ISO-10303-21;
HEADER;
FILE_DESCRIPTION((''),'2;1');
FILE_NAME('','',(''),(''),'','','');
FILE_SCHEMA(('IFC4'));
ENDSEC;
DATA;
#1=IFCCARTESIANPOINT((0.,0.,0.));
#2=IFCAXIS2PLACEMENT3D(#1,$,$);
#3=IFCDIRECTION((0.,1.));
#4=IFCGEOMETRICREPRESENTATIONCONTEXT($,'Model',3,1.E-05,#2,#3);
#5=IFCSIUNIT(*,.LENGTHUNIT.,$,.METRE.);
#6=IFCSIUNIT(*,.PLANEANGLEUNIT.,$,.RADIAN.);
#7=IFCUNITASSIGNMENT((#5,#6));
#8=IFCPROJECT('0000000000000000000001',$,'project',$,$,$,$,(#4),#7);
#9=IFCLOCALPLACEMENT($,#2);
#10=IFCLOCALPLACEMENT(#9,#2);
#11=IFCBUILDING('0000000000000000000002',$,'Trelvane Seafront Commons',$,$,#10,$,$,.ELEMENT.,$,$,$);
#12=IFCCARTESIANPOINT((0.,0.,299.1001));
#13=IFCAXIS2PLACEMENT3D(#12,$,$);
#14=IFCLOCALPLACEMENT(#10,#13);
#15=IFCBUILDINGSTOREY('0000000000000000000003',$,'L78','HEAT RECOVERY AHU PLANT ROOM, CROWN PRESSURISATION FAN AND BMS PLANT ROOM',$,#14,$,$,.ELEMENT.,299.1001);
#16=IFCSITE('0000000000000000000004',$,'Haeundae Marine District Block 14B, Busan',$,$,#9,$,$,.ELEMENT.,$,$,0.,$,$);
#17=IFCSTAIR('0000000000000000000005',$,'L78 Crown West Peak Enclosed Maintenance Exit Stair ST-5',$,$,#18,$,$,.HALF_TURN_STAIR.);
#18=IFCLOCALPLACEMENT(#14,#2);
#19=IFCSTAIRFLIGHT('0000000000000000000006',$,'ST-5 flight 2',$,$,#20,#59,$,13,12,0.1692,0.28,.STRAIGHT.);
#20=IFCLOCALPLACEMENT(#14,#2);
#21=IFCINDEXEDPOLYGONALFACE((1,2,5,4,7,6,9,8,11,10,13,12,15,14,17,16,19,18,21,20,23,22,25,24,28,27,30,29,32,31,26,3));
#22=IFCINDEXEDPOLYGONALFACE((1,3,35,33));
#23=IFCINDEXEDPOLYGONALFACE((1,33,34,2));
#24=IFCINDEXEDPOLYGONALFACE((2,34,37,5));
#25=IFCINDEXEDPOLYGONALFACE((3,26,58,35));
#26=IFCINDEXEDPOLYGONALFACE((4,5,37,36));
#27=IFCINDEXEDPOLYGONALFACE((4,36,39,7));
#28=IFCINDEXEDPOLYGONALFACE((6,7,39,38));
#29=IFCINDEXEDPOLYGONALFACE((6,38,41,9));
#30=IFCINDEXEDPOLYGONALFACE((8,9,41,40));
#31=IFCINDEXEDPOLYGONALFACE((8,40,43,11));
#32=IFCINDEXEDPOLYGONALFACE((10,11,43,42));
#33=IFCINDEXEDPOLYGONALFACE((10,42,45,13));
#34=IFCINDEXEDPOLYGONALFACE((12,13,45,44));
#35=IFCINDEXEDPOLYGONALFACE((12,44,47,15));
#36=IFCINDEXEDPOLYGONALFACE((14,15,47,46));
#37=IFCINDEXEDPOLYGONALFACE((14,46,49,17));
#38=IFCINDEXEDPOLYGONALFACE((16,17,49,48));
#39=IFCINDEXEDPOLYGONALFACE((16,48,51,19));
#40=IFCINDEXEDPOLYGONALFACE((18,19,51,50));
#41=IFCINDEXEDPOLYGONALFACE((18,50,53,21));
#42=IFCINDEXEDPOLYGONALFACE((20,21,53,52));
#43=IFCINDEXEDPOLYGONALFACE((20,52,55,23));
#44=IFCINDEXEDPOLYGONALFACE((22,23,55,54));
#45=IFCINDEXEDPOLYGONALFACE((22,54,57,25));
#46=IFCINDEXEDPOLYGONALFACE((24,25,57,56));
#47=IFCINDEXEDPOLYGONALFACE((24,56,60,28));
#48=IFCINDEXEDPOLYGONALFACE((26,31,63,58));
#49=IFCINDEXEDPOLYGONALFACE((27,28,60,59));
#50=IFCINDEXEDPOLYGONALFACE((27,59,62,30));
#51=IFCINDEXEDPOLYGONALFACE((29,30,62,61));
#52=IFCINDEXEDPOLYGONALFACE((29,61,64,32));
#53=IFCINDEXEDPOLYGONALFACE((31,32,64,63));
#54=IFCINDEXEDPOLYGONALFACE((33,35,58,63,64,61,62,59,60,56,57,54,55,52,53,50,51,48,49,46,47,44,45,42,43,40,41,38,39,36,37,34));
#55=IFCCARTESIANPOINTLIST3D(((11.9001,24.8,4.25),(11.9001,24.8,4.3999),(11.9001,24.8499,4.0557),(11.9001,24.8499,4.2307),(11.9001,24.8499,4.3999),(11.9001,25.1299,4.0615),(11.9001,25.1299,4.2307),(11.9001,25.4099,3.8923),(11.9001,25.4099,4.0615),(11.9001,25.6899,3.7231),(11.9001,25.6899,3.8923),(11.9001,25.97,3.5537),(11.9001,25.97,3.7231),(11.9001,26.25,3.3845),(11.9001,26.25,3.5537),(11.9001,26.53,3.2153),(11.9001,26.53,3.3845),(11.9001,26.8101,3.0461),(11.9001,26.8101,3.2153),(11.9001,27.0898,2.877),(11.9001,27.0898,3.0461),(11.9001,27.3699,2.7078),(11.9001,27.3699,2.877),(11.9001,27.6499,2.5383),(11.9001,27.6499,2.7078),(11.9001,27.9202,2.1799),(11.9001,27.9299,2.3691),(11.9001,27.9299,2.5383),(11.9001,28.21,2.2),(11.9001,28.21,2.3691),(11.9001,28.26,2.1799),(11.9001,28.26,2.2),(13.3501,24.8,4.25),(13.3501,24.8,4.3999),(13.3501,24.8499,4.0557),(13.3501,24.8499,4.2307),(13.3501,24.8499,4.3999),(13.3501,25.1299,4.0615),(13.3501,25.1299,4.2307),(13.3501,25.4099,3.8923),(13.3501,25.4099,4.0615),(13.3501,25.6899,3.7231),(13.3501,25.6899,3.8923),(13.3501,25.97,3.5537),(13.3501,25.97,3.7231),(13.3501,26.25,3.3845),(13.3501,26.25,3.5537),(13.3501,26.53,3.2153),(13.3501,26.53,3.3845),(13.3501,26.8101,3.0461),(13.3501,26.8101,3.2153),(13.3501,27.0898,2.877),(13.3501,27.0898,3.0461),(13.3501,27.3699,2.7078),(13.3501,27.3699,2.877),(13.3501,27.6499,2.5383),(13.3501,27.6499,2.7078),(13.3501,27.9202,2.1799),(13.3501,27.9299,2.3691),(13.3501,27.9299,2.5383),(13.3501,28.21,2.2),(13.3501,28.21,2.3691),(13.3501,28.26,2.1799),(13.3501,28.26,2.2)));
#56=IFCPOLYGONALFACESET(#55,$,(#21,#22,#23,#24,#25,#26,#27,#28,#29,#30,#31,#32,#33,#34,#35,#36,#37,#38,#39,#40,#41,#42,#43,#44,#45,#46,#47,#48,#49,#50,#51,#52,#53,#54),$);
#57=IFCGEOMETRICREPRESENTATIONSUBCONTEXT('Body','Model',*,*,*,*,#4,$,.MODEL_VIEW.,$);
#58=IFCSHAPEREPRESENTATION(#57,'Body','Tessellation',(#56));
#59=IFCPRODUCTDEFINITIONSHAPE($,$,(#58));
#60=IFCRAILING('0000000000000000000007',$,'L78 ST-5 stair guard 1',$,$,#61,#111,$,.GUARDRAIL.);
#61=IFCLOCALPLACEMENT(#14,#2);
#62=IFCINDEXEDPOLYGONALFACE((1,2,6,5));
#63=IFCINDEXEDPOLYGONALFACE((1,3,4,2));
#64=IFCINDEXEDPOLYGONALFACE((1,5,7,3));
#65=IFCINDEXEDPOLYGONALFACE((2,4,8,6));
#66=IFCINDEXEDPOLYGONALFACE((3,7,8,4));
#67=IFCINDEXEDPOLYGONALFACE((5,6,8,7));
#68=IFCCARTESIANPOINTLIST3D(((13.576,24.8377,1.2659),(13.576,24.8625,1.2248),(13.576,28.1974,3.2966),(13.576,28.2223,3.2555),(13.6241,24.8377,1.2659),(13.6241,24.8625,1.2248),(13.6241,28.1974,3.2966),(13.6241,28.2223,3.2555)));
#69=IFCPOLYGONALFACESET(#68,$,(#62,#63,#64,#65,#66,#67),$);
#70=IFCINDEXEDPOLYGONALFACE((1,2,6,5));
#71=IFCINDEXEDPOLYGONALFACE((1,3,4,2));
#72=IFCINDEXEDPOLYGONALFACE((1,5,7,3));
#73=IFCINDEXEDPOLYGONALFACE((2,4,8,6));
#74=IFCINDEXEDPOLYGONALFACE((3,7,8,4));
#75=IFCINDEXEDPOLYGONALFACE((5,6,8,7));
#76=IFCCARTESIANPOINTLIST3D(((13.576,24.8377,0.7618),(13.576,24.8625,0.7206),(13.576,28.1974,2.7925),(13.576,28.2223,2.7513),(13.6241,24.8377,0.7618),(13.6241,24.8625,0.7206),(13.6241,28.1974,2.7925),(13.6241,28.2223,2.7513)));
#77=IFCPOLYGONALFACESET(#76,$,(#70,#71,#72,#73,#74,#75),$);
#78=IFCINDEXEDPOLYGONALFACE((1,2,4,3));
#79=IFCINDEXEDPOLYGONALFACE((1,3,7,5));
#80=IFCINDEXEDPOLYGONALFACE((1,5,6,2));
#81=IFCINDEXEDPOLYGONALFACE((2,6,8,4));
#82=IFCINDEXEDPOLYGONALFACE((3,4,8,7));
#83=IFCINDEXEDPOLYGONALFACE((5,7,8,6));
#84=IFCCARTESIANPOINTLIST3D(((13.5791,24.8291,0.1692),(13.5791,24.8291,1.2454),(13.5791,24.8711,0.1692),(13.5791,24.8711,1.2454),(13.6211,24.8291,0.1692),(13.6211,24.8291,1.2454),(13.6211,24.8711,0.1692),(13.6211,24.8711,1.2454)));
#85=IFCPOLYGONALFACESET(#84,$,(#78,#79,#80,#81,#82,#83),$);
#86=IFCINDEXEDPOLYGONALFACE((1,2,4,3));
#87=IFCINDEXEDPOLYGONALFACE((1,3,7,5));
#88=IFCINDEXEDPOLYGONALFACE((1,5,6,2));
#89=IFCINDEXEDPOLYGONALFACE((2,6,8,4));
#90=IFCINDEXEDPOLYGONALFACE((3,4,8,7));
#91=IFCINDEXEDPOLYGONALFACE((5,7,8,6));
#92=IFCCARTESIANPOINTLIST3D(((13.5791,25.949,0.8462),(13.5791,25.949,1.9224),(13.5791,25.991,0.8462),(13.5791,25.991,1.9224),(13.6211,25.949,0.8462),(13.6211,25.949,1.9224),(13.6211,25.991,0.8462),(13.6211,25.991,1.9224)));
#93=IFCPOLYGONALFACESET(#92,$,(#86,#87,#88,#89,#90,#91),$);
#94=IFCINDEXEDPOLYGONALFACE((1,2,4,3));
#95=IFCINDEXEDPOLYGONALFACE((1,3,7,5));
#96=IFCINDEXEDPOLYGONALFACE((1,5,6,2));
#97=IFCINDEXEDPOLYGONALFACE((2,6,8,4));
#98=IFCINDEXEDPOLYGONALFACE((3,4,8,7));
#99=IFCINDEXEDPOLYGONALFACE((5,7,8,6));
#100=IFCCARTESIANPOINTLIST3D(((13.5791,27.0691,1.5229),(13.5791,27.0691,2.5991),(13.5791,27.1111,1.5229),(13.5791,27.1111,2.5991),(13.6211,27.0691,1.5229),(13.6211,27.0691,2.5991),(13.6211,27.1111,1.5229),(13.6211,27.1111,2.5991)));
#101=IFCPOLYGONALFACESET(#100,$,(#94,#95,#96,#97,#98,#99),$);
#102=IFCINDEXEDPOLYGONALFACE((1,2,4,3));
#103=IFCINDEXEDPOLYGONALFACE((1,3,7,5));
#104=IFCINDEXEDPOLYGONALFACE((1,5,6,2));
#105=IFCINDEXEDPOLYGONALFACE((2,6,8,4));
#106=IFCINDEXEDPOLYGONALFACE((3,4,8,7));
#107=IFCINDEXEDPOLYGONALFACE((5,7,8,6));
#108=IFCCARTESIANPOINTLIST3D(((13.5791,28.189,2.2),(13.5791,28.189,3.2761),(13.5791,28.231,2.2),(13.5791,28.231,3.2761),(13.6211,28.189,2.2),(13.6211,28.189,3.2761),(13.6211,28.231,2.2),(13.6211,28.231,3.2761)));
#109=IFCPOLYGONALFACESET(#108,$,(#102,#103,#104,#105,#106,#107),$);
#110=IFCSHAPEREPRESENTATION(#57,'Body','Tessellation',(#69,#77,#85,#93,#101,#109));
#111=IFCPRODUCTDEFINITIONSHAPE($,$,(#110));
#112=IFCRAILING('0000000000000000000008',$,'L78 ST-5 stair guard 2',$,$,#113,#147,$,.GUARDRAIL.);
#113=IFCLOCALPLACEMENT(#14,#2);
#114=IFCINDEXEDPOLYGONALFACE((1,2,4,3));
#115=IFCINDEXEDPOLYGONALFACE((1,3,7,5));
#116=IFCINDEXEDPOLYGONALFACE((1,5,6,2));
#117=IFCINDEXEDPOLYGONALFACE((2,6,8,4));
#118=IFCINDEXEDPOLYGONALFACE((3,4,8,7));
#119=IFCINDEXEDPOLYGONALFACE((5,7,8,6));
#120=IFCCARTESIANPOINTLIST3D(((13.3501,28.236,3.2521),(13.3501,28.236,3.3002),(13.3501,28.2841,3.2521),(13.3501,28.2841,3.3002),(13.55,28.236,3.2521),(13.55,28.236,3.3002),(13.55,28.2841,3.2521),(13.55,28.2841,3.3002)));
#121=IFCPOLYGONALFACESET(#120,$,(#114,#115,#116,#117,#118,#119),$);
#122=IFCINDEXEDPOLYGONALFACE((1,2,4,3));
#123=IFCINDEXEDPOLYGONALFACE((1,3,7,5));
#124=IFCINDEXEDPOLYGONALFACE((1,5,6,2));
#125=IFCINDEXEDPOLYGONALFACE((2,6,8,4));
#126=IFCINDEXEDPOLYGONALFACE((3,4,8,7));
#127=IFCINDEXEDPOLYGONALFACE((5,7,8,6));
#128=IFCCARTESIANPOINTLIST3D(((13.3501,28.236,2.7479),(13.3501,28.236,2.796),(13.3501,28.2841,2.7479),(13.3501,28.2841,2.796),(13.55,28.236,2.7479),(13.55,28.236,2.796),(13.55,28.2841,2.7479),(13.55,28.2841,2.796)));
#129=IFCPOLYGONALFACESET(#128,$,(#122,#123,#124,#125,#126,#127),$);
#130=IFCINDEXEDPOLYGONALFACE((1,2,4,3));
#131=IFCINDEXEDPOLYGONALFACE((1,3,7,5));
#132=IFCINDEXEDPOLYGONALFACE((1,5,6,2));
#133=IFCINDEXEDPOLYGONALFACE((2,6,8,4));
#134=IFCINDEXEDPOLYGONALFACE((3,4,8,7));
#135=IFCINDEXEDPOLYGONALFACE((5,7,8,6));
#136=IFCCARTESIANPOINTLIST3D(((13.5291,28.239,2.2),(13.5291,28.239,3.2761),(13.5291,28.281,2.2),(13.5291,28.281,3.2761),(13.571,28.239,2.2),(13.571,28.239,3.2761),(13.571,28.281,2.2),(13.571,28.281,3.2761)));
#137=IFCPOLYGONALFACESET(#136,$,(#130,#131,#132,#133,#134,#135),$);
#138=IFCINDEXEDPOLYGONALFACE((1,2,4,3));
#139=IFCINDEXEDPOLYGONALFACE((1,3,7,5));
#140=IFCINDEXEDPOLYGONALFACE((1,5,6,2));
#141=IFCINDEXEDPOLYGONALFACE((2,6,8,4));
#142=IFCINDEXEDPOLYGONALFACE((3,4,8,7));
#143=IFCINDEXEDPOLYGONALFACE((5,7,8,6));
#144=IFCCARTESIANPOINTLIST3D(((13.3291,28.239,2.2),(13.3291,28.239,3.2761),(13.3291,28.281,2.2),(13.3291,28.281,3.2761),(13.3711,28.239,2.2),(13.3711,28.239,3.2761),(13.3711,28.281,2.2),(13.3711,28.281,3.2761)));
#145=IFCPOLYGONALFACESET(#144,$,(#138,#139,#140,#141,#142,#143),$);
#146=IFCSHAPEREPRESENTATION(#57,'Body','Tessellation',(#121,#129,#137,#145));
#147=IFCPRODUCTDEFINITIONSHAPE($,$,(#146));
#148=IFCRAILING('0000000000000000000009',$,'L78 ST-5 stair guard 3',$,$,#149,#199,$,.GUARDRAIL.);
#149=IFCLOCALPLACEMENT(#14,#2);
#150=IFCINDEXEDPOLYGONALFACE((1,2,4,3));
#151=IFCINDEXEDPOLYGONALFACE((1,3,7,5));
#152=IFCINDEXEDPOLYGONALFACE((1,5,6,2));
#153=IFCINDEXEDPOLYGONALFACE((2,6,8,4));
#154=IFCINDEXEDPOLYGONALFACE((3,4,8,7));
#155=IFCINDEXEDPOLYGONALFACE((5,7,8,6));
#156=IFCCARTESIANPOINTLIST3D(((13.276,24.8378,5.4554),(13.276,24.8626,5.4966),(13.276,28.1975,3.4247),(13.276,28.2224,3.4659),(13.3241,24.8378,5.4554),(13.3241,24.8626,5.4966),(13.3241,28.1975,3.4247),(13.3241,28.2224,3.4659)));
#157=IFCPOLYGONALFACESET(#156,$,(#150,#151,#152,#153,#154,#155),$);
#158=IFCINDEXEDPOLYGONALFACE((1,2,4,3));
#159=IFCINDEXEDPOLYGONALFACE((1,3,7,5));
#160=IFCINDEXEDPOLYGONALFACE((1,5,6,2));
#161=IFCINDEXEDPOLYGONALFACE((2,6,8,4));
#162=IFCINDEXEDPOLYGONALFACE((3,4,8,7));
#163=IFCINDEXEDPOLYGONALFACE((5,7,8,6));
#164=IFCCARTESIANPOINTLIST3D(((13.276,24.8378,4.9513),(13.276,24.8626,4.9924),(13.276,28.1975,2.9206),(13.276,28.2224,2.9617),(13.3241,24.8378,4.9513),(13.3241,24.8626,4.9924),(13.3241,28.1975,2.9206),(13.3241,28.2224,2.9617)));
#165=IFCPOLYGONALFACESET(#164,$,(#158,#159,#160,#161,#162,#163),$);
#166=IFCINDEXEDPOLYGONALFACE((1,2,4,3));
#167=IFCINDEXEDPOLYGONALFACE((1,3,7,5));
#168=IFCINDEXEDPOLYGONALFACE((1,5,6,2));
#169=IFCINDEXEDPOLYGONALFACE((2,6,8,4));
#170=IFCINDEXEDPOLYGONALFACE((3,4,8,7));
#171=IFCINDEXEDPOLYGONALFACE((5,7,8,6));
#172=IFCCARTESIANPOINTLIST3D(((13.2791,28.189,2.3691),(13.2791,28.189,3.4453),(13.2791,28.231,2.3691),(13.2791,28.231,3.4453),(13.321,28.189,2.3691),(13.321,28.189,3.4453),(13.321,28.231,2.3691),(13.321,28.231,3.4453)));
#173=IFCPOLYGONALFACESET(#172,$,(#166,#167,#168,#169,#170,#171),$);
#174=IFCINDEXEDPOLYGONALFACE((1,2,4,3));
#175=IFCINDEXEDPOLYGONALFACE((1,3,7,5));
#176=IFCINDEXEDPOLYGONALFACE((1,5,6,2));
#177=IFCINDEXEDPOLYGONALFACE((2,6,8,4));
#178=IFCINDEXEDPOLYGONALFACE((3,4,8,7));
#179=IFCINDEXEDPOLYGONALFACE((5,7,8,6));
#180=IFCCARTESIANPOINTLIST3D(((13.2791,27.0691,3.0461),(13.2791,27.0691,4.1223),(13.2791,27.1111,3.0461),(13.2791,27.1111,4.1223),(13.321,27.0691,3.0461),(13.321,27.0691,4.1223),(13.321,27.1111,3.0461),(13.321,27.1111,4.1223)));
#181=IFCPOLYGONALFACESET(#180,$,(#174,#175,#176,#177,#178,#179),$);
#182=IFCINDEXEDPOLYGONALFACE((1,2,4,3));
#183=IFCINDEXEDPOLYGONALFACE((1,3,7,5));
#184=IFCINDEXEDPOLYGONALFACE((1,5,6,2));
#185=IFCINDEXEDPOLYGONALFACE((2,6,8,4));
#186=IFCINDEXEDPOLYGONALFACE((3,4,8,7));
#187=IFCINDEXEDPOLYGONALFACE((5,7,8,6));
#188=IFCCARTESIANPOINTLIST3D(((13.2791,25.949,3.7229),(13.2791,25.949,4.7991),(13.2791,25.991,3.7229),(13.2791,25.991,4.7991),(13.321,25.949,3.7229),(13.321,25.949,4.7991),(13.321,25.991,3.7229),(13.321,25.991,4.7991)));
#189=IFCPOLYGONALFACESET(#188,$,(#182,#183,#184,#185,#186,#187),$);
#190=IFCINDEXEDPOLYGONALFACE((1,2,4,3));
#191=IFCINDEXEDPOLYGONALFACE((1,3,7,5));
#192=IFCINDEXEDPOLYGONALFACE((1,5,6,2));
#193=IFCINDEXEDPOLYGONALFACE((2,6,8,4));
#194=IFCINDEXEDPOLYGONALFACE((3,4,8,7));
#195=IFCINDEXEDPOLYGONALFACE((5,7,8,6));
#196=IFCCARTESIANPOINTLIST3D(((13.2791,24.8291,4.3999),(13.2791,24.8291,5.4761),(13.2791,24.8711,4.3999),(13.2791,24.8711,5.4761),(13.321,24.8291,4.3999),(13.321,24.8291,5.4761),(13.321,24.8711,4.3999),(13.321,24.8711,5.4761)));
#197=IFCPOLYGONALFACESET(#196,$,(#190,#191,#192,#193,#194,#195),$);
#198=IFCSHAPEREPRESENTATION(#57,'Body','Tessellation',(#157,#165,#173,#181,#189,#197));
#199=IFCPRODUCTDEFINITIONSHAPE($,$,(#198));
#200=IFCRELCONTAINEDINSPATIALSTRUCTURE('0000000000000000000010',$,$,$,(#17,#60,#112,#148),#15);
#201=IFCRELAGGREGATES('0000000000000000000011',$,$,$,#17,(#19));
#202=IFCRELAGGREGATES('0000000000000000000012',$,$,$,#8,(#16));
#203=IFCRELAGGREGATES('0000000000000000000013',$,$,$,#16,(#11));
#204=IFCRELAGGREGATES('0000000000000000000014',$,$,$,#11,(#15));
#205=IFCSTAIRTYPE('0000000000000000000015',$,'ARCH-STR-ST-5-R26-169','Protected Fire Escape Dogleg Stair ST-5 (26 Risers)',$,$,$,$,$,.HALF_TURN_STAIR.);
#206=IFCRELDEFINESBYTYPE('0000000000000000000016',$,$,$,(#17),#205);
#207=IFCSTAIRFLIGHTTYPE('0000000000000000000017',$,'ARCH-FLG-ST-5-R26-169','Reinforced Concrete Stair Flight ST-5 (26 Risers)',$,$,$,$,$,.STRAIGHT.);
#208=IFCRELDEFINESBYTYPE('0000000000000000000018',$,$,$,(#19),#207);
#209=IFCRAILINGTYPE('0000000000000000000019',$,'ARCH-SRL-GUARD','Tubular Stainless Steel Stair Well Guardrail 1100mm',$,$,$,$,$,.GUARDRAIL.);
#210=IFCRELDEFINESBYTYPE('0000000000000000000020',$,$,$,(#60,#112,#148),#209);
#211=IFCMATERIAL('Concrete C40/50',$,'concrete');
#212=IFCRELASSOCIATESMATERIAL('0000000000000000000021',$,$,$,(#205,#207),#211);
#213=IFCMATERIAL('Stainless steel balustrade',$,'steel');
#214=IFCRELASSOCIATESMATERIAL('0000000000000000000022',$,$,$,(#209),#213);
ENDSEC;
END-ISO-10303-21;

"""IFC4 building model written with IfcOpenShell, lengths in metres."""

from ifc_helpers import new_model, si_unit, direction, frame, origin, origin_2d, place, context, subcontext, project, spatial, polyline, rectangle, outline, extrude, source, transform, mapped, material, type_object, element, aggregate, save


model = new_model("IFC4")

# Units and contexts
model_context = context("Model", 3, precision=1e-05, world=origin(), true_north=direction((0.0, 1.0)))
body_context = subcontext(model_context, "Body", "Model", "MODEL_VIEW")
ifc_project = project(units=[si_unit("LENGTHUNIT", "METRE"), si_unit("PLANEANGLEUNIT", "RADIAN")], contexts=[model_context])

# Site, building, storey
site_placement = place(None, origin())
site = spatial("IfcSite", under=ifc_project, at=site_placement, Name="Haeundae Marine District Block 14B, Busan", CompositionType="ELEMENT", RefElevation=0.0)
building_placement = place(site_placement, origin())
building = spatial("IfcBuilding", under=site, at=building_placement, Name="Trelvane Seafront Commons", CompositionType="ELEMENT")
storey_placement = place(building_placement, frame((0.0, 0.0, 299.1001)))
storey = spatial("IfcBuildingStorey", under=building, at=storey_placement, Name="L78", Description="HEAT RECOVERY AHU PLANT ROOM, CROWN PRESSURISATION FAN AND BMS PLANT ROOM", CompositionType="ELEMENT", Elevation=299.1001)

# Shared definitions
ifc_material_1 = material(Name="Concrete C40/50", Category="concrete")

# Stair, stair flight
stair_type = type_object("IfcStairType", Name="ARCH-STR-ST-5-R26-169", Description="Protected Fire Escape Dogleg Stair ST-5 (26 Risers)", PredefinedType="HALF_TURN_STAIR", material=ifc_material_1)
stair_placement = place(storey_placement, origin())
stair = element("IfcStair", 1, at=stair_placement, inside=storey, type_object=stair_type, Name="L78 Crown West Peak Enclosed Maintenance Exit Stair ST-5", PredefinedType="HALF_TURN_STAIR")
stair_flight_type = type_object("IfcStairFlightType", Name="ARCH-FLG-ST-5-R26-169", Description="Reinforced Concrete Stair Flight ST-5 (26 Risers)", PredefinedType="STRAIGHT", material=ifc_material_1)
shared_shape_1 = source(origin(), body_context, "Body", "SweptSolid", [
    extrude(outline(polyline([(-0.05, -0.02), (-0.05, 0.0), (0.0, 0.0), (0.0, 0.1692), (0.28, 0.1692), (0.28, 0.3384), (0.5601, 0.3384), (0.5601, 0.5078), (0.8401, 0.5078), (0.8401, 0.677), (1.1201, 0.677), (1.1201, 0.8462), (1.3999, 0.8462), (1.3999, 1.0154), (1.6799, 1.0154), (1.6799, 1.1846), (1.96, 1.1846), (1.96, 1.3538), (2.24, 1.3538), (2.24, 1.5232), (2.52, 1.5232), (2.52, 1.6924), (2.8, 1.6924), (2.8, 1.8616), (3.0801, 1.8616), (3.0801, 2.0308), (3.3601, 2.0308), (3.3601, 2.2), (3.4099, 2.2), (3.4099, 2.05), (3.3601, 1.8557), (0.2898, -0.02), (-0.05, -0.02)])), frame((0.0, 0.7251, 0.0), z_axis=(0.0, -1.0, 0.0), x_axis=(1.0, 0.0, 0.0)), (0.0, 0.0, 1.0), 1.45),
])
stair_flight_1_placement = place(storey_placement, frame((12.625, 28.21, 2.2), z_axis=(0.0, 0.0, 1.0), x_axis=(0.0, -1.0, 0.0)))
stair_flight_1 = element("IfcStairFlight", 2, at=stair_flight_1_placement, type_object=stair_flight_type, Name="ST-5 flight 2", NumberOfRisers=13, NumberOfTreads=12, PredefinedType="STRAIGHT", RiserHeight=0.1692, TreadLength=0.28, context=body_context, shape_type="MappedRepresentation", body=[
    mapped(shared_shape_1, transform((0.0, 0.0, 0.0), x_axis=(1.0, 0.0, 0.0), y_axis=(0.0, 1.0, 0.0), z_axis=(0.0, 0.0, 1.0), scale=1.0)),
])
aggregate(stair, [stair_flight_1])

# Railings
ifc_material_2 = material(Name="Stainless steel balustrade", Category="steel")
railing_type_1 = type_object("IfcRailingType", Name="ARCH-SRL-GUARD", Description="Tubular Stainless Steel Stair Well Guardrail 1100mm", PredefinedType="GUARDRAIL", material=ifc_material_2)
railing_1_placement = place(storey_placement, frame((13.6001, 24.8501, 0.1692)))
element("IfcRailing", 3, at=railing_1_placement, inside=storey, type_object=railing_type_1, Name="L78 ST-5 stair guard 1", PredefinedType="GUARDRAIL", context=body_context, shape_type="SweptSolid", body=[
    extrude(rectangle(XDim=0.0481, YDim=0.0481, at=origin_2d()), frame((0.0, 0.0, 1.0762), z_axis=(0.0, 0.85582, 0.517273), x_axis=(-1.0, 0.0, 0.0)), (0.0, 0.0, 1.0), 3.9258),
    extrude(rectangle(XDim=0.0481, YDim=0.0481, at=origin_2d()), frame((0.0, 0.0, 0.572), z_axis=(0.0, 0.85582, 0.517273), x_axis=(-1.0, 0.0, 0.0)), (0.0, 0.0, 1.0), 3.9258),
    extrude(rectangle(XDim=0.042, YDim=0.042, at=origin_2d()), origin(), (0.0, 0.0, 1.0), 1.0762),
    extrude(rectangle(XDim=0.042, YDim=0.042, at=origin_2d()), frame((0.0, 1.1199, 0.677)), (0.0, 0.0, 1.0), 1.0762),
    extrude(rectangle(XDim=0.042, YDim=0.042, at=origin_2d()), frame((0.0, 2.24, 1.3538)), (0.0, 0.0, 1.0), 1.0762),
    extrude(rectangle(XDim=0.042, YDim=0.042, at=origin_2d()), frame((0.0, 3.3599, 2.0308)), (0.0, 0.0, 1.0), 1.0762),
])
railing_2_placement = place(storey_placement, frame((13.55, 28.26, 2.2)))
element("IfcRailing", 4, at=railing_2_placement, inside=storey, type_object=railing_type_1, Name="L78 ST-5 stair guard 2", PredefinedType="GUARDRAIL", context=body_context, shape_type="SweptSolid", body=[
    extrude(rectangle(XDim=0.0481, YDim=0.0481, at=origin_2d()), frame((0.0, 0.0, 1.0762), z_axis=(-1.0, 0.0, 0.0), x_axis=(0.0, -1.0, 0.0)), (0.0, 0.0, 1.0), 0.2),
    extrude(rectangle(XDim=0.0481, YDim=0.0481, at=origin_2d()), frame((0.0, 0.0, 0.572), z_axis=(-1.0, 0.0, 0.0), x_axis=(0.0, -1.0, 0.0)), (0.0, 0.0, 1.0), 0.2),
    extrude(rectangle(XDim=0.042, YDim=0.042, at=origin_2d()), origin(), (0.0, 0.0, 1.0), 1.0762),
    extrude(rectangle(XDim=0.042, YDim=0.042, at=origin_2d()), frame((-0.2, 0.0, 0.0)), (0.0, 0.0, 1.0), 1.0762),
])
railing_3_placement = place(storey_placement, frame((13.3, 28.21, 2.3691)))
element("IfcRailing", 5, at=railing_3_placement, inside=storey, type_object=railing_type_1, Name="L78 ST-5 stair guard 3", PredefinedType="GUARDRAIL", context=body_context, shape_type="SweptSolid", body=[
    extrude(rectangle(XDim=0.0481, YDim=0.0481, at=origin_2d()), frame((0.0, 0.0, 1.0762), z_axis=(0.0, -0.85582, 0.517273), x_axis=(1.0, 0.0, 0.0)), (0.0, 0.0, 1.0), 3.9258),
    extrude(rectangle(XDim=0.0481, YDim=0.0481, at=origin_2d()), frame((0.0, 0.0, 0.572), z_axis=(0.0, -0.85582, 0.517273), x_axis=(1.0, 0.0, 0.0)), (0.0, 0.0, 1.0), 3.9258),
    extrude(rectangle(XDim=0.042, YDim=0.042, at=origin_2d()), origin(), (0.0, 0.0, 1.0), 1.0762),
    extrude(rectangle(XDim=0.042, YDim=0.042, at=origin_2d()), frame((0.0, -1.1199, 0.677)), (0.0, 0.0, 1.0), 1.0762),
    extrude(rectangle(XDim=0.042, YDim=0.042, at=origin_2d()), frame((0.0, -2.24, 1.3538)), (0.0, 0.0, 1.0), 1.0762),
    extrude(rectangle(XDim=0.042, YDim=0.042, at=origin_2d()), frame((0.0, -3.3599, 2.0308)), (0.0, 0.0, 1.0), 1.0762),
])

save(model, "model.ifc")
